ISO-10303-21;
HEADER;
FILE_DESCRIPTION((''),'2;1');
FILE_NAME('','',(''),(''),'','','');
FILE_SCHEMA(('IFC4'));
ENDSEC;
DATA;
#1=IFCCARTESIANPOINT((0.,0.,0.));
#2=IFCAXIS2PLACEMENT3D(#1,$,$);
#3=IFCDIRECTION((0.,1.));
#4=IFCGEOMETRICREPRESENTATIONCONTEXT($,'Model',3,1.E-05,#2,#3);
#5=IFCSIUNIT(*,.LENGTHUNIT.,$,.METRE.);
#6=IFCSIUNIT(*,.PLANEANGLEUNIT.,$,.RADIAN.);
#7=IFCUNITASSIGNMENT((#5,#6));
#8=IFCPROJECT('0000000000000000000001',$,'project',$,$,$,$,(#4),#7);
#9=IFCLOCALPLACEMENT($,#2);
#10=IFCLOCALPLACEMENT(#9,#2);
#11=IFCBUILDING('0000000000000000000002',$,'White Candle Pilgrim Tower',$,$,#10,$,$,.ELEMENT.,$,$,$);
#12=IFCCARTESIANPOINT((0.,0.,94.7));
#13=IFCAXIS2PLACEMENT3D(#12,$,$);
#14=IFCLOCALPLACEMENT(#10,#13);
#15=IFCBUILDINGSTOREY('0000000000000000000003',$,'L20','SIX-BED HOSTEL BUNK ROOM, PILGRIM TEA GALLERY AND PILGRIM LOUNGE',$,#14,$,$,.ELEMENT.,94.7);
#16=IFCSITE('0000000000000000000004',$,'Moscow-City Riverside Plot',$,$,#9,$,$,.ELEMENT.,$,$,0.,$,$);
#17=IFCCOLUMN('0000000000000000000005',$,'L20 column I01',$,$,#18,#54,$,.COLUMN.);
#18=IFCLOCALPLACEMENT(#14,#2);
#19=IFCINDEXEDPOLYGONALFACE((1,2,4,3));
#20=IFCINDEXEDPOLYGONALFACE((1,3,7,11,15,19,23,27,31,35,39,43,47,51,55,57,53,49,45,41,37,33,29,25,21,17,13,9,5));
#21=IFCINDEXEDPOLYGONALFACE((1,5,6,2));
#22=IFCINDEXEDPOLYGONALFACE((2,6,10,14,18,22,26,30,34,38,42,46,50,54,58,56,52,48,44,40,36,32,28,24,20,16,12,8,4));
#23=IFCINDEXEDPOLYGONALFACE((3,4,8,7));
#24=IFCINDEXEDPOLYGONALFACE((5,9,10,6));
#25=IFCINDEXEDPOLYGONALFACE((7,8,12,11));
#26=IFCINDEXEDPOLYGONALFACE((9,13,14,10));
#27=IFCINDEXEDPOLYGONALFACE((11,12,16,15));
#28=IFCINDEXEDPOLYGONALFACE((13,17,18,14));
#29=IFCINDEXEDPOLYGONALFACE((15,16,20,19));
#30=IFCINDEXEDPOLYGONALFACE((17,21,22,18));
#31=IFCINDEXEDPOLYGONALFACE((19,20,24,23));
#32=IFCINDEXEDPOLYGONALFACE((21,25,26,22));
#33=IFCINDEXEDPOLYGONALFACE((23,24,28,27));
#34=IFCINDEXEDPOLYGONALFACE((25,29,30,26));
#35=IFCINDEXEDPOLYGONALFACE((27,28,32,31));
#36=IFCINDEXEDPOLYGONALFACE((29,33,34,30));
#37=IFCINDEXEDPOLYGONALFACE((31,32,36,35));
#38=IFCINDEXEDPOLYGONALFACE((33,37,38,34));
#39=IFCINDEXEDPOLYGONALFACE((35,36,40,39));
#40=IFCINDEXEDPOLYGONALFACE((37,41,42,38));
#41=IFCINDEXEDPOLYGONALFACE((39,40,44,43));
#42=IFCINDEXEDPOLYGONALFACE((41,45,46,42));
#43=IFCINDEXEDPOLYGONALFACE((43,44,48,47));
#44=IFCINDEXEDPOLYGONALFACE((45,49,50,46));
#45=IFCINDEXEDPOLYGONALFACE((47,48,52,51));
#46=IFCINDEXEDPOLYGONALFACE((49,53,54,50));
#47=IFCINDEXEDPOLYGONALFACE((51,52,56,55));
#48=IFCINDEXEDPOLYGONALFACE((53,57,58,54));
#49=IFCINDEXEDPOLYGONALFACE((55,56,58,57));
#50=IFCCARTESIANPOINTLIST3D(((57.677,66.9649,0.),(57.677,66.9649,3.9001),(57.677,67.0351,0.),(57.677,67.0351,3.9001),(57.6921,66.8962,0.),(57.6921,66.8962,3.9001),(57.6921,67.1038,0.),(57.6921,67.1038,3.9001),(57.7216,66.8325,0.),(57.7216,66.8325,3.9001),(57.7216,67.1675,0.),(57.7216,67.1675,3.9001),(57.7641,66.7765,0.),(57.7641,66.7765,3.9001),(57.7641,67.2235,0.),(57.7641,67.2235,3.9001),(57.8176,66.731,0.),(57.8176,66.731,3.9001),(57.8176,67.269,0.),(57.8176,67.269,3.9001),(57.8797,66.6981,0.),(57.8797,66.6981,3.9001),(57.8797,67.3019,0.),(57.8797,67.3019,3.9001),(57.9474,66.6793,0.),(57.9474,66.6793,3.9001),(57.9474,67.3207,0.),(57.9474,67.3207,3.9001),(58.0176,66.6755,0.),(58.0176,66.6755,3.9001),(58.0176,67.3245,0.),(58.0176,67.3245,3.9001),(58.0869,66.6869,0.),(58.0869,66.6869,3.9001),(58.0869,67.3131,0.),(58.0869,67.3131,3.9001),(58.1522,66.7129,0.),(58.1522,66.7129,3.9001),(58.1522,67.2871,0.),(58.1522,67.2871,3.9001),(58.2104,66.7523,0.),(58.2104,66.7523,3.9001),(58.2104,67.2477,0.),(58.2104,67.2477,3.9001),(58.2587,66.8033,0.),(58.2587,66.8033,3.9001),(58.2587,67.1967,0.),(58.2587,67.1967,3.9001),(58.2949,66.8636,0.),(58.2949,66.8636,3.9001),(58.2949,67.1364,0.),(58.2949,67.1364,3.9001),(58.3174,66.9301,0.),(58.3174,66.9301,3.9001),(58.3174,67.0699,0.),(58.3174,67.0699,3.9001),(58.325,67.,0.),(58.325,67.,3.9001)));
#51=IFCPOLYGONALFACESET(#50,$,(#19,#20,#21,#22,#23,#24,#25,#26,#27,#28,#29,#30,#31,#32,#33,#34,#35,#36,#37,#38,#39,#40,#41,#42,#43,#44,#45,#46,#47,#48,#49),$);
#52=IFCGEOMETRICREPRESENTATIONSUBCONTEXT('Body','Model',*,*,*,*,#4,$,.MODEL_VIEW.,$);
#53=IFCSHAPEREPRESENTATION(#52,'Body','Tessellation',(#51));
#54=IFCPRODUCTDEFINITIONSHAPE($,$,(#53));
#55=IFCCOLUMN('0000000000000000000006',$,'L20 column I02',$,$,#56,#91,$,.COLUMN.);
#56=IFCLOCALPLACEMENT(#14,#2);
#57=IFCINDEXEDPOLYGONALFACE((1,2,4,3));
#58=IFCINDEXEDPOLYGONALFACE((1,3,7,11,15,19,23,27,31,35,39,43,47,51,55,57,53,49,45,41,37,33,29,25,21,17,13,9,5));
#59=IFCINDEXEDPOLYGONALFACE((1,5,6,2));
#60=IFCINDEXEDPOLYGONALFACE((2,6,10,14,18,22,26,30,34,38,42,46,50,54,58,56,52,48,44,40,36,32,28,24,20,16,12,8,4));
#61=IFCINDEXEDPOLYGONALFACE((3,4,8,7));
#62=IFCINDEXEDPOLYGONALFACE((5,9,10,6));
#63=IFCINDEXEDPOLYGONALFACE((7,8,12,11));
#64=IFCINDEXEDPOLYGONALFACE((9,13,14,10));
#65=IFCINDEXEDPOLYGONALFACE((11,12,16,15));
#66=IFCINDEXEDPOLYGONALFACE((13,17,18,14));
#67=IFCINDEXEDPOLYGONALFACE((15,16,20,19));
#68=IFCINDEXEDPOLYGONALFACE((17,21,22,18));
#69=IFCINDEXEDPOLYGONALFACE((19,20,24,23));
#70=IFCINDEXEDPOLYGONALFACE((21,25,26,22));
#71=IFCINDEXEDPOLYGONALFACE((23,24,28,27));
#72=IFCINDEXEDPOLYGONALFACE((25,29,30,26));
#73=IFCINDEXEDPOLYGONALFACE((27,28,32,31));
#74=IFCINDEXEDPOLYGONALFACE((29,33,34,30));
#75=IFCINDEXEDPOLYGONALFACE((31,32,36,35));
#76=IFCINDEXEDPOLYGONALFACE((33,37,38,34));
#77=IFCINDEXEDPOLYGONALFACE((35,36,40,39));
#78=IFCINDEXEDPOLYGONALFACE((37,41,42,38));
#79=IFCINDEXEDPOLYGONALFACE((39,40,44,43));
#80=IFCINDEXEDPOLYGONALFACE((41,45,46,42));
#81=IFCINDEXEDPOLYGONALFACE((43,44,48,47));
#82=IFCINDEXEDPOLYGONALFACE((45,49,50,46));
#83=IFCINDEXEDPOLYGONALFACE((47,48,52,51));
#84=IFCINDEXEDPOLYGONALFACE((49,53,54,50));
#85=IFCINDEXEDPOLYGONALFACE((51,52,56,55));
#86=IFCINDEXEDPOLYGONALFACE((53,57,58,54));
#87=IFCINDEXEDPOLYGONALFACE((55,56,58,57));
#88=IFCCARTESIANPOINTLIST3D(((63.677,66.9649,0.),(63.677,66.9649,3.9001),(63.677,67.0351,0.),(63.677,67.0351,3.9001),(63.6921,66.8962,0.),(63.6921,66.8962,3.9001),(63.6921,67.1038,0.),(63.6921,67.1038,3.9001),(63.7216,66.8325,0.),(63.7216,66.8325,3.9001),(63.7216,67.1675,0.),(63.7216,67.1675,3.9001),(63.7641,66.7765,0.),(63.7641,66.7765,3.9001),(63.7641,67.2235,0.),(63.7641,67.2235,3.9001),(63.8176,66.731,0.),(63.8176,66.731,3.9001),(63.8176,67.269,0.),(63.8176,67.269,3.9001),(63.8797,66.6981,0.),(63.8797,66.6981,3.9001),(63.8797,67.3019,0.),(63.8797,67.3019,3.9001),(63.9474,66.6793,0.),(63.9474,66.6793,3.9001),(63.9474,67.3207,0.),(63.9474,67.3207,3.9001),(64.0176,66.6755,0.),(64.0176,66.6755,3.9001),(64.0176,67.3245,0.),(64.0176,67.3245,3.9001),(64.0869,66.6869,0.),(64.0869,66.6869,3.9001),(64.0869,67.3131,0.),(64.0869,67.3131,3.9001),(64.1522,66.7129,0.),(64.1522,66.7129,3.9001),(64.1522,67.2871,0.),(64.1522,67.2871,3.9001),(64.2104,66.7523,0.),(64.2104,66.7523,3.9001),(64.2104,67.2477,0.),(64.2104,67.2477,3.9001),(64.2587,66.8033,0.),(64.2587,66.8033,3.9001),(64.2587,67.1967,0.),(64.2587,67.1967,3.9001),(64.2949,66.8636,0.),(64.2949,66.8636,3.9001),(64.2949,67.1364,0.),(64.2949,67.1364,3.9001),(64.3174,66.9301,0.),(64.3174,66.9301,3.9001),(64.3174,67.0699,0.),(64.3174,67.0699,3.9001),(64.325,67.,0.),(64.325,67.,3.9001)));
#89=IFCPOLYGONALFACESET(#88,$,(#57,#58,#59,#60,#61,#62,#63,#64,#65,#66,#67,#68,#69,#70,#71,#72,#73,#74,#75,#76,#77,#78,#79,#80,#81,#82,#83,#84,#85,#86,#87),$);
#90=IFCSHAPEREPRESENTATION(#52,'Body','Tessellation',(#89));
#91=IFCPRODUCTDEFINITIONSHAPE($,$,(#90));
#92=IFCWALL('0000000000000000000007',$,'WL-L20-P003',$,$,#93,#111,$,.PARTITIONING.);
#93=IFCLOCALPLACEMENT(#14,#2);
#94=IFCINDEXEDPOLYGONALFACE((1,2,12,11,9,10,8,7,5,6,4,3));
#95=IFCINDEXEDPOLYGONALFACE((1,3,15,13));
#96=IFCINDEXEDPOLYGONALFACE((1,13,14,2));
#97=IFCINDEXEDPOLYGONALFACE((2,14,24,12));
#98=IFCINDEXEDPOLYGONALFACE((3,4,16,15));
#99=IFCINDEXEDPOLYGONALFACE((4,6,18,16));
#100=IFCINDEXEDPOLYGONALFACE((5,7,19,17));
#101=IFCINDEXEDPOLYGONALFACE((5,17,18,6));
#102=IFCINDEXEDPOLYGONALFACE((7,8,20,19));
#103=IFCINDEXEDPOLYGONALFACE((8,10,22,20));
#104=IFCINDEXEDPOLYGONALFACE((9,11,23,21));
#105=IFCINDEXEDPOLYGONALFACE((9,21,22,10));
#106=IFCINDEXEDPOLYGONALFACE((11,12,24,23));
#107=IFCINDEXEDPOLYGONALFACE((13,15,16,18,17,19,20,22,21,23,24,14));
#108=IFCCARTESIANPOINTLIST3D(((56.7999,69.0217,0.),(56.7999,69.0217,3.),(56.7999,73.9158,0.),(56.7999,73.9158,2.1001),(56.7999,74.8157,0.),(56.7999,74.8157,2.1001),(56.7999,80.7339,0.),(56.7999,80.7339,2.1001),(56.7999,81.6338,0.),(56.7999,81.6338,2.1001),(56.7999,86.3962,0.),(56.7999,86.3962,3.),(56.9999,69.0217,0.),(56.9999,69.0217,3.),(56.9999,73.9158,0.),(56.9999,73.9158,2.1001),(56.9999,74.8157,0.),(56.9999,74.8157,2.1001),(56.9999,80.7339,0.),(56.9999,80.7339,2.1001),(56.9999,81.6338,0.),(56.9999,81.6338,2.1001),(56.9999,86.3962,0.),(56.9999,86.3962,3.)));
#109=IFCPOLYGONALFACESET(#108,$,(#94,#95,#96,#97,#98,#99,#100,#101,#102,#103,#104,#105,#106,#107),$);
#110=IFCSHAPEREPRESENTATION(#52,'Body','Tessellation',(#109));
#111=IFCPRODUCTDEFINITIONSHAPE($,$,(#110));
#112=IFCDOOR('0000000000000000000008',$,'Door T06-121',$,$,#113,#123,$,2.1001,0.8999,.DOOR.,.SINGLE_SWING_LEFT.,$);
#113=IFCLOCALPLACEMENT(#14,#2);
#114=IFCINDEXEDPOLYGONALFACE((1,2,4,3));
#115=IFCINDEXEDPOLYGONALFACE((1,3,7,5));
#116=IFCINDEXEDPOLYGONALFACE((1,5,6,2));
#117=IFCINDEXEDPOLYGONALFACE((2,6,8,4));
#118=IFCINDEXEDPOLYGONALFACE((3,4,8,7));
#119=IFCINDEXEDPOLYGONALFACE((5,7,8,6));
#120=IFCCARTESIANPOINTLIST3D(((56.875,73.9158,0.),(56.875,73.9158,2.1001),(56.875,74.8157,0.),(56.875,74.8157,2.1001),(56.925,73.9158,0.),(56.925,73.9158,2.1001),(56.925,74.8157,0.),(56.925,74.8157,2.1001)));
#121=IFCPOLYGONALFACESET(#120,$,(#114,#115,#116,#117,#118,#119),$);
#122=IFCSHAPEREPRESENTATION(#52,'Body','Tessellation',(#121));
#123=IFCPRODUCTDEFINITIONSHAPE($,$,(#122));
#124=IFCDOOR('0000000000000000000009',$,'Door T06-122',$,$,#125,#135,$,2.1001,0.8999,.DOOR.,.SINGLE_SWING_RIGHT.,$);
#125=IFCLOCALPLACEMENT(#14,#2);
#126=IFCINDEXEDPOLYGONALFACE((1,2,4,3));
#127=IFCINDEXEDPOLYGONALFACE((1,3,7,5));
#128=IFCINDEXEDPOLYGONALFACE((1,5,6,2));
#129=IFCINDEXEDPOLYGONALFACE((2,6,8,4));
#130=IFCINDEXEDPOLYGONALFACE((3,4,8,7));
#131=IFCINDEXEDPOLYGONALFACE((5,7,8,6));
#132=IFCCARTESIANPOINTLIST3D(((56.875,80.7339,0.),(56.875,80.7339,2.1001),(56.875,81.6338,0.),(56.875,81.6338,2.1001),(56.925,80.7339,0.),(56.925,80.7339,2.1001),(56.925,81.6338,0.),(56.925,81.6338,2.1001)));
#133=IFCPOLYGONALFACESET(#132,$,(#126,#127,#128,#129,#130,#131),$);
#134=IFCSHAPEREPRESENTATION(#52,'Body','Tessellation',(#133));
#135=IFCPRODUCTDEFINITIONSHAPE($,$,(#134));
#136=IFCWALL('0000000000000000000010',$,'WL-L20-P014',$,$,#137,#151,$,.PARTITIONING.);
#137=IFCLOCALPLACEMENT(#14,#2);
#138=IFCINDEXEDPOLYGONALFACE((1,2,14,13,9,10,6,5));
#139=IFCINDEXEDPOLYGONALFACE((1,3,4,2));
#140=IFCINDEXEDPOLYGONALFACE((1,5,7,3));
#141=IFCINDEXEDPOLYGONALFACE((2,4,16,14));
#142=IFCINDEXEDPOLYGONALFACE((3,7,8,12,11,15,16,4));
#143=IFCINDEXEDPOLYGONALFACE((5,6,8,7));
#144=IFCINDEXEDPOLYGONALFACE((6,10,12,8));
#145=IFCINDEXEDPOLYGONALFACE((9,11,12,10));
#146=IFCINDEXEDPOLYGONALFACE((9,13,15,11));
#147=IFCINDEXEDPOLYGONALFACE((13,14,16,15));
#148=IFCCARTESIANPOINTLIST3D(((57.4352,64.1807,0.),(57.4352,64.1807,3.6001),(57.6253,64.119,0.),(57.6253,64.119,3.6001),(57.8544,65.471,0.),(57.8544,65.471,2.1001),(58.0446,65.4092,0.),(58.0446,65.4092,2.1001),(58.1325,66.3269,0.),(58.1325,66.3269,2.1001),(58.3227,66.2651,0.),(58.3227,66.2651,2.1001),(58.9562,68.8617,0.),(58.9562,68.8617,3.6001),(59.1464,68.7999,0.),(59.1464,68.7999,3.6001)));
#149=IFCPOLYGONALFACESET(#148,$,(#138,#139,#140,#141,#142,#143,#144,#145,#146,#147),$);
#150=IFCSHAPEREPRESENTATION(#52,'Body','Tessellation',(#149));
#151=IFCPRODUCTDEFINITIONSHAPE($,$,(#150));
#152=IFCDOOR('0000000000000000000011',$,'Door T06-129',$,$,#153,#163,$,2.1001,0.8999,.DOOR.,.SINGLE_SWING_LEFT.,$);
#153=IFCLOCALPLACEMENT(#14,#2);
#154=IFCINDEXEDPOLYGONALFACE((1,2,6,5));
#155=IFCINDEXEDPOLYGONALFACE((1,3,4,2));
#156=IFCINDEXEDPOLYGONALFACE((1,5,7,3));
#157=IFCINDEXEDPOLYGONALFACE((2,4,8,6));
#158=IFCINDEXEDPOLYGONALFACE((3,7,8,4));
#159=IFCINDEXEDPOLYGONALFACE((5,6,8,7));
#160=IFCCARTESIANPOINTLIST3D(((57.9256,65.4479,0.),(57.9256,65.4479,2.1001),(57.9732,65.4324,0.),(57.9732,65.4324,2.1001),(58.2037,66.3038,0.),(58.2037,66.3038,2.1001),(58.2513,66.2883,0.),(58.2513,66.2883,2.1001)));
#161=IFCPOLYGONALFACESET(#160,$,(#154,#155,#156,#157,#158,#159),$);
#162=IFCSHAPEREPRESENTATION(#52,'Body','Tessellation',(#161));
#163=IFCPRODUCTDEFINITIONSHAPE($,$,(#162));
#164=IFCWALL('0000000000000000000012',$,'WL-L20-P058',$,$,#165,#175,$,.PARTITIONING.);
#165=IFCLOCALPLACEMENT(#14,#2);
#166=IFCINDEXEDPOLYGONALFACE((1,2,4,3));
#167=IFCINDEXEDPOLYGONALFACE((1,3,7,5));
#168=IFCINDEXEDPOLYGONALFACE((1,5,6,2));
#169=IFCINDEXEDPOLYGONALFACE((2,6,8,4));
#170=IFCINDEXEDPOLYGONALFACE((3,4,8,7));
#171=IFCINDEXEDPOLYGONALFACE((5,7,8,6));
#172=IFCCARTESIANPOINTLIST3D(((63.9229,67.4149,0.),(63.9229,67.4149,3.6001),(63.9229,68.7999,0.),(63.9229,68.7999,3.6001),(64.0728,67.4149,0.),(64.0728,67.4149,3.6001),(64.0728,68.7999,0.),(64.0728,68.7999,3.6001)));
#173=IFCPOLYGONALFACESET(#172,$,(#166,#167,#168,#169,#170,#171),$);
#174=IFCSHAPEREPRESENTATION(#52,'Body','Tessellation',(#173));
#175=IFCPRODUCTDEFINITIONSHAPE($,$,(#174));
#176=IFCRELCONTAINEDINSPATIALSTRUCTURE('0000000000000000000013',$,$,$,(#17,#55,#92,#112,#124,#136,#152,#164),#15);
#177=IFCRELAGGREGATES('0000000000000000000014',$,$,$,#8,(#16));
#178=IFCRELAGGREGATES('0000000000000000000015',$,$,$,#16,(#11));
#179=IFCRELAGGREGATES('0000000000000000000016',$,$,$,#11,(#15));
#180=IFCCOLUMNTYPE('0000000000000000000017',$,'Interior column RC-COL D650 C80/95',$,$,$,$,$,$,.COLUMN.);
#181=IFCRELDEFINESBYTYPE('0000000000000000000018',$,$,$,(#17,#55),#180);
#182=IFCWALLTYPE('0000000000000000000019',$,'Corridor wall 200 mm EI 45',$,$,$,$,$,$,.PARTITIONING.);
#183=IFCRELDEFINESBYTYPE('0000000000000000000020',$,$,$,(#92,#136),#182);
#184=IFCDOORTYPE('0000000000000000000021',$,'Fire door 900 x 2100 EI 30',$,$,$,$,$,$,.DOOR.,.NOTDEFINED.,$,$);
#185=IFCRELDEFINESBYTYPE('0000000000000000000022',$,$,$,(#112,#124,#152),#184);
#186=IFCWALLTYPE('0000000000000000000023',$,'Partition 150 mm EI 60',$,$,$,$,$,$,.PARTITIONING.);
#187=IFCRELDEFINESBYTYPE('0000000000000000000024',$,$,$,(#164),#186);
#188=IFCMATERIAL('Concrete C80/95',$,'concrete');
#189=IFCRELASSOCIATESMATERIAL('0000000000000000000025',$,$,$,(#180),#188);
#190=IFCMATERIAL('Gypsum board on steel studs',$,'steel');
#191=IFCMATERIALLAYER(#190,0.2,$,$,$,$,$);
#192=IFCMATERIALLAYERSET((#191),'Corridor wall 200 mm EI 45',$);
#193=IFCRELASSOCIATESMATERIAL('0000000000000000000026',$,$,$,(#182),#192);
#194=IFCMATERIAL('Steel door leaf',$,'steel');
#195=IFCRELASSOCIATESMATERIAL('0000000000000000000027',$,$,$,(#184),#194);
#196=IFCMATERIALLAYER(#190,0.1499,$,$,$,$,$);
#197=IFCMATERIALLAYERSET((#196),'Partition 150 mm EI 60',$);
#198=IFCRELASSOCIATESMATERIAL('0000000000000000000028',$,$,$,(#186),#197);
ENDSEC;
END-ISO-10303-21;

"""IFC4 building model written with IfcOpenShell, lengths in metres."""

from ifc_helpers import new_model, si_unit, direction, frame, frame_2d, origin, origin_2d, place, context, subcontext, project, spatial, rectangle, circle, extrude, material, layer, layer_set, material_profile, profile_set, type_object, element, fill, save


model = new_model("IFC4")

# Units and contexts
model_context = context("Model", 3, precision=1e-05, world=origin(), true_north=direction((0.0, 1.0)))
body_context = subcontext(model_context, "Body", "Model", "MODEL_VIEW")
ifc_project = project(units=[si_unit("LENGTHUNIT", "METRE"), si_unit("PLANEANGLEUNIT", "RADIAN")], contexts=[model_context])

# Site, building, storey
site_placement = place(None, origin())
site = spatial("IfcSite", under=ifc_project, at=site_placement, Name="Moscow-City Riverside Plot", CompositionType="ELEMENT", RefElevation=0.0)
building_placement = place(site_placement, origin())
building = spatial("IfcBuilding", under=site, at=building_placement, Name="White Candle Pilgrim Tower", CompositionType="ELEMENT")
storey_placement = place(building_placement, frame((0.0, 0.0, 94.7)))
storey = spatial("IfcBuildingStorey", under=building, at=storey_placement, Name="L20", Description="SIX-BED HOSTEL BUNK ROOM, PILGRIM TEA GALLERY AND PILGRIM LOUNGE", CompositionType="ELEMENT", Elevation=94.7)

# Columns
ifc_material_1 = material(Name="Concrete C80/95", Category="concrete")
ifc_material_profile = material_profile(ifc_material_1, circle(Radius=0.325, at=origin_2d()), Name="RC-COL D650")
ifc_profile_set = profile_set([ifc_material_profile], Name="Concrete C80/95")
column_type = type_object("IfcColumnType", Name="Interior column RC-COL D650 C80/95", PredefinedType="COLUMN", material=ifc_profile_set)
for number, where, z_axis, x_axis, name in (
    (1, (58.0, 67.0, 0.0), (0.0, 0.0, 1.0), (1.0, 0.0, 0.0), "L20 column I01"),
    (2, (64.0, 67.0, 0.0), (0.0, 0.0, 1.0), (1.0, 0.0, 0.0), "L20 column I02"),
):
    element("IfcColumn", number, at=place(storey_placement, frame(where, z_axis=z_axis, x_axis=x_axis)), inside=storey, type_object=column_type, Name=name, PredefinedType="COLUMN", context=body_context, shape_type="SweptSolid", body=[
        extrude(circle(Radius=0.325, at=origin_2d()), origin(), (0.0, 0.0, 1.0), 3.9001),
    ])

# Wall, openings, doors
ifc_material_2 = material(Name="Gypsum board on steel studs", Category="steel")
ifc_layer_1 = layer(ifc_material_2, 0.2)
ifc_layer_set_1 = layer_set([ifc_layer_1], Name="Corridor wall 200 mm EI 45")
wall_type_1 = type_object("IfcWallType", Name="Corridor wall 200 mm EI 45", PredefinedType="PARTITIONING", material=ifc_layer_set_1)
wall_1_placement = place(storey_placement, frame((56.8999, 69.0217, 0.0), z_axis=(0.0, 0.0, 1.0), x_axis=(0.0, 1.0, 0.0)))
wall_1 = element("IfcWall", 3, at=wall_1_placement, inside=storey, type_object=wall_type_1, Name="WL-L20-P003", PredefinedType="PARTITIONING", context=body_context, shape_type="SweptSolid", body=[
    extrude(rectangle(XDim=17.3745, YDim=0.2, at=frame_2d((8.6873, 0.0))), origin(), (0.0, 0.0, 1.0), 3.0),
])
opening_1_placement = place(wall_1_placement, frame((4.894, 0.0, 0.0)))
opening_1 = element("IfcOpeningElement", 4, at=opening_1_placement, cuts=wall_1, PredefinedType="OPENING", context=body_context, shape_type="SweptSolid", body=[
    extrude(rectangle(XDim=0.8999, YDim=2.1001, at=frame_2d((0.45, 1.05))), frame((0.0, 0.1099, 0.0), z_axis=(0.0, -1.0, 0.0), x_axis=(1.0, 0.0, 0.0)), (0.0, 0.0, 1.0), 0.22),
])
opening_2_placement = place(wall_1_placement, frame((11.7122, 0.0, 0.0)))
opening_2 = element("IfcOpeningElement", 5, at=opening_2_placement, cuts=wall_1, PredefinedType="OPENING", context=body_context, shape_type="SweptSolid", body=[
    extrude(rectangle(XDim=0.8999, YDim=2.1001, at=frame_2d((0.45, 1.05))), frame((0.0, 0.1099, 0.0), z_axis=(0.0, -1.0, 0.0), x_axis=(1.0, 0.0, 0.0)), (0.0, 0.0, 1.0), 0.22),
])
ifc_material_3 = material(Name="Steel door leaf", Category="steel")
door_type_1 = type_object("IfcDoorType", Name="Fire door 900 x 2100 EI 30", OperationType="NOTDEFINED", PredefinedType="DOOR", material=ifc_material_3)
door_1_placement = place(opening_1_placement, origin())
door_1 = element("IfcDoor", 6, at=door_1_placement, inside=storey, type_object=door_type_1, Name="Door T06-121", OperationType="SINGLE_SWING_LEFT", OverallHeight=2.1001, OverallWidth=0.8999, PredefinedType="DOOR", context=body_context, shape_type="SweptSolid", body=[
    extrude(rectangle(XDim=0.8999, YDim=2.1001, at=frame_2d((0.45, 1.05))), frame((0.0, 0.0249, 0.0), z_axis=(0.0, -1.0, 0.0), x_axis=(1.0, 0.0, 0.0)), (0.0, 0.0, 1.0), 0.05),
])
fill(opening_1, door_1)
door_2_placement = place(opening_2_placement, origin())
door_2 = element("IfcDoor", 7, at=door_2_placement, inside=storey, type_object=door_type_1, Name="Door T06-122", OperationType="SINGLE_SWING_RIGHT", OverallHeight=2.1001, OverallWidth=0.8999, PredefinedType="DOOR", context=body_context, shape_type="SweptSolid", body=[
    extrude(rectangle(XDim=0.8999, YDim=2.1001, at=frame_2d((0.45, 1.05))), frame((0.0, 0.0249, 0.0), z_axis=(0.0, -1.0, 0.0), x_axis=(1.0, 0.0, 0.0)), (0.0, 0.0, 1.0), 0.05),
])
fill(opening_2, door_2)

# Wall, opening, door
wall_2_placement = place(storey_placement, frame((59.0513, 68.8308, 0.0), z_axis=(0.0, 0.0, 1.0), x_axis=(-0.309031, -0.951052, 0.0)))
wall_2 = element("IfcWall", 8, at=wall_2_placement, inside=storey, type_object=wall_type_1, Name="WL-L20-P014", PredefinedType="PARTITIONING", context=body_context, shape_type="SweptSolid", body=[
    extrude(rectangle(XDim=4.9219, YDim=0.2, at=frame_2d((2.4609, 0.0))), origin(), (0.0, 0.0, 1.0), 3.6001),
])
opening_3_placement = place(wall_2_placement, frame((2.6653, 0.0, 0.0)))
opening_3 = element("IfcOpeningElement", 9, at=opening_3_placement, cuts=wall_2, PredefinedType="OPENING", context=body_context, shape_type="SweptSolid", body=[
    extrude(rectangle(XDim=0.8999, YDim=2.1001, at=frame_2d((0.45, 1.05))), frame((0.0, 0.1099, 0.0), z_axis=(0.0, -1.0, 0.0), x_axis=(1.0, 0.0, 0.0)), (0.0, 0.0, 1.0), 0.22),
])
door_3_placement = place(opening_3_placement, origin())
door_3 = element("IfcDoor", 10, at=door_3_placement, inside=storey, type_object=door_type_1, Name="Door T06-129", OperationType="SINGLE_SWING_LEFT", OverallHeight=2.1001, OverallWidth=0.8999, PredefinedType="DOOR", context=body_context, shape_type="SweptSolid", body=[
    extrude(rectangle(XDim=0.8999, YDim=2.1001, at=frame_2d((0.45, 1.05))), frame((0.0, 0.0249, 0.0), z_axis=(0.0, -1.0, 0.0), x_axis=(1.0, 0.0, 0.0)), (0.0, 0.0, 1.0), 0.05),
])
fill(opening_3, door_3)

# Wall
ifc_layer_2 = layer(ifc_material_2, 0.1499)
ifc_layer_set_2 = layer_set([ifc_layer_2], Name="Partition 150 mm EI 60")
wall_type_2 = type_object("IfcWallType", Name="Partition 150 mm EI 60", PredefinedType="PARTITIONING", material=ifc_layer_set_2)
wall_3_placement = place(storey_placement, frame((63.9978, 67.415, 0.0), z_axis=(0.0, 0.0, 1.0), x_axis=(0.0, 1.0, 0.0)))
element("IfcWall", 11, at=wall_3_placement, inside=storey, type_object=wall_type_2, Name="WL-L20-P058", PredefinedType="PARTITIONING", context=body_context, shape_type="SweptSolid", body=[
    extrude(rectangle(XDim=1.385, YDim=0.1499, at=frame_2d((0.6924, 0.0))), origin(), (0.0, 0.0, 1.0), 3.6001),
])

save(model, "model.ifc")
